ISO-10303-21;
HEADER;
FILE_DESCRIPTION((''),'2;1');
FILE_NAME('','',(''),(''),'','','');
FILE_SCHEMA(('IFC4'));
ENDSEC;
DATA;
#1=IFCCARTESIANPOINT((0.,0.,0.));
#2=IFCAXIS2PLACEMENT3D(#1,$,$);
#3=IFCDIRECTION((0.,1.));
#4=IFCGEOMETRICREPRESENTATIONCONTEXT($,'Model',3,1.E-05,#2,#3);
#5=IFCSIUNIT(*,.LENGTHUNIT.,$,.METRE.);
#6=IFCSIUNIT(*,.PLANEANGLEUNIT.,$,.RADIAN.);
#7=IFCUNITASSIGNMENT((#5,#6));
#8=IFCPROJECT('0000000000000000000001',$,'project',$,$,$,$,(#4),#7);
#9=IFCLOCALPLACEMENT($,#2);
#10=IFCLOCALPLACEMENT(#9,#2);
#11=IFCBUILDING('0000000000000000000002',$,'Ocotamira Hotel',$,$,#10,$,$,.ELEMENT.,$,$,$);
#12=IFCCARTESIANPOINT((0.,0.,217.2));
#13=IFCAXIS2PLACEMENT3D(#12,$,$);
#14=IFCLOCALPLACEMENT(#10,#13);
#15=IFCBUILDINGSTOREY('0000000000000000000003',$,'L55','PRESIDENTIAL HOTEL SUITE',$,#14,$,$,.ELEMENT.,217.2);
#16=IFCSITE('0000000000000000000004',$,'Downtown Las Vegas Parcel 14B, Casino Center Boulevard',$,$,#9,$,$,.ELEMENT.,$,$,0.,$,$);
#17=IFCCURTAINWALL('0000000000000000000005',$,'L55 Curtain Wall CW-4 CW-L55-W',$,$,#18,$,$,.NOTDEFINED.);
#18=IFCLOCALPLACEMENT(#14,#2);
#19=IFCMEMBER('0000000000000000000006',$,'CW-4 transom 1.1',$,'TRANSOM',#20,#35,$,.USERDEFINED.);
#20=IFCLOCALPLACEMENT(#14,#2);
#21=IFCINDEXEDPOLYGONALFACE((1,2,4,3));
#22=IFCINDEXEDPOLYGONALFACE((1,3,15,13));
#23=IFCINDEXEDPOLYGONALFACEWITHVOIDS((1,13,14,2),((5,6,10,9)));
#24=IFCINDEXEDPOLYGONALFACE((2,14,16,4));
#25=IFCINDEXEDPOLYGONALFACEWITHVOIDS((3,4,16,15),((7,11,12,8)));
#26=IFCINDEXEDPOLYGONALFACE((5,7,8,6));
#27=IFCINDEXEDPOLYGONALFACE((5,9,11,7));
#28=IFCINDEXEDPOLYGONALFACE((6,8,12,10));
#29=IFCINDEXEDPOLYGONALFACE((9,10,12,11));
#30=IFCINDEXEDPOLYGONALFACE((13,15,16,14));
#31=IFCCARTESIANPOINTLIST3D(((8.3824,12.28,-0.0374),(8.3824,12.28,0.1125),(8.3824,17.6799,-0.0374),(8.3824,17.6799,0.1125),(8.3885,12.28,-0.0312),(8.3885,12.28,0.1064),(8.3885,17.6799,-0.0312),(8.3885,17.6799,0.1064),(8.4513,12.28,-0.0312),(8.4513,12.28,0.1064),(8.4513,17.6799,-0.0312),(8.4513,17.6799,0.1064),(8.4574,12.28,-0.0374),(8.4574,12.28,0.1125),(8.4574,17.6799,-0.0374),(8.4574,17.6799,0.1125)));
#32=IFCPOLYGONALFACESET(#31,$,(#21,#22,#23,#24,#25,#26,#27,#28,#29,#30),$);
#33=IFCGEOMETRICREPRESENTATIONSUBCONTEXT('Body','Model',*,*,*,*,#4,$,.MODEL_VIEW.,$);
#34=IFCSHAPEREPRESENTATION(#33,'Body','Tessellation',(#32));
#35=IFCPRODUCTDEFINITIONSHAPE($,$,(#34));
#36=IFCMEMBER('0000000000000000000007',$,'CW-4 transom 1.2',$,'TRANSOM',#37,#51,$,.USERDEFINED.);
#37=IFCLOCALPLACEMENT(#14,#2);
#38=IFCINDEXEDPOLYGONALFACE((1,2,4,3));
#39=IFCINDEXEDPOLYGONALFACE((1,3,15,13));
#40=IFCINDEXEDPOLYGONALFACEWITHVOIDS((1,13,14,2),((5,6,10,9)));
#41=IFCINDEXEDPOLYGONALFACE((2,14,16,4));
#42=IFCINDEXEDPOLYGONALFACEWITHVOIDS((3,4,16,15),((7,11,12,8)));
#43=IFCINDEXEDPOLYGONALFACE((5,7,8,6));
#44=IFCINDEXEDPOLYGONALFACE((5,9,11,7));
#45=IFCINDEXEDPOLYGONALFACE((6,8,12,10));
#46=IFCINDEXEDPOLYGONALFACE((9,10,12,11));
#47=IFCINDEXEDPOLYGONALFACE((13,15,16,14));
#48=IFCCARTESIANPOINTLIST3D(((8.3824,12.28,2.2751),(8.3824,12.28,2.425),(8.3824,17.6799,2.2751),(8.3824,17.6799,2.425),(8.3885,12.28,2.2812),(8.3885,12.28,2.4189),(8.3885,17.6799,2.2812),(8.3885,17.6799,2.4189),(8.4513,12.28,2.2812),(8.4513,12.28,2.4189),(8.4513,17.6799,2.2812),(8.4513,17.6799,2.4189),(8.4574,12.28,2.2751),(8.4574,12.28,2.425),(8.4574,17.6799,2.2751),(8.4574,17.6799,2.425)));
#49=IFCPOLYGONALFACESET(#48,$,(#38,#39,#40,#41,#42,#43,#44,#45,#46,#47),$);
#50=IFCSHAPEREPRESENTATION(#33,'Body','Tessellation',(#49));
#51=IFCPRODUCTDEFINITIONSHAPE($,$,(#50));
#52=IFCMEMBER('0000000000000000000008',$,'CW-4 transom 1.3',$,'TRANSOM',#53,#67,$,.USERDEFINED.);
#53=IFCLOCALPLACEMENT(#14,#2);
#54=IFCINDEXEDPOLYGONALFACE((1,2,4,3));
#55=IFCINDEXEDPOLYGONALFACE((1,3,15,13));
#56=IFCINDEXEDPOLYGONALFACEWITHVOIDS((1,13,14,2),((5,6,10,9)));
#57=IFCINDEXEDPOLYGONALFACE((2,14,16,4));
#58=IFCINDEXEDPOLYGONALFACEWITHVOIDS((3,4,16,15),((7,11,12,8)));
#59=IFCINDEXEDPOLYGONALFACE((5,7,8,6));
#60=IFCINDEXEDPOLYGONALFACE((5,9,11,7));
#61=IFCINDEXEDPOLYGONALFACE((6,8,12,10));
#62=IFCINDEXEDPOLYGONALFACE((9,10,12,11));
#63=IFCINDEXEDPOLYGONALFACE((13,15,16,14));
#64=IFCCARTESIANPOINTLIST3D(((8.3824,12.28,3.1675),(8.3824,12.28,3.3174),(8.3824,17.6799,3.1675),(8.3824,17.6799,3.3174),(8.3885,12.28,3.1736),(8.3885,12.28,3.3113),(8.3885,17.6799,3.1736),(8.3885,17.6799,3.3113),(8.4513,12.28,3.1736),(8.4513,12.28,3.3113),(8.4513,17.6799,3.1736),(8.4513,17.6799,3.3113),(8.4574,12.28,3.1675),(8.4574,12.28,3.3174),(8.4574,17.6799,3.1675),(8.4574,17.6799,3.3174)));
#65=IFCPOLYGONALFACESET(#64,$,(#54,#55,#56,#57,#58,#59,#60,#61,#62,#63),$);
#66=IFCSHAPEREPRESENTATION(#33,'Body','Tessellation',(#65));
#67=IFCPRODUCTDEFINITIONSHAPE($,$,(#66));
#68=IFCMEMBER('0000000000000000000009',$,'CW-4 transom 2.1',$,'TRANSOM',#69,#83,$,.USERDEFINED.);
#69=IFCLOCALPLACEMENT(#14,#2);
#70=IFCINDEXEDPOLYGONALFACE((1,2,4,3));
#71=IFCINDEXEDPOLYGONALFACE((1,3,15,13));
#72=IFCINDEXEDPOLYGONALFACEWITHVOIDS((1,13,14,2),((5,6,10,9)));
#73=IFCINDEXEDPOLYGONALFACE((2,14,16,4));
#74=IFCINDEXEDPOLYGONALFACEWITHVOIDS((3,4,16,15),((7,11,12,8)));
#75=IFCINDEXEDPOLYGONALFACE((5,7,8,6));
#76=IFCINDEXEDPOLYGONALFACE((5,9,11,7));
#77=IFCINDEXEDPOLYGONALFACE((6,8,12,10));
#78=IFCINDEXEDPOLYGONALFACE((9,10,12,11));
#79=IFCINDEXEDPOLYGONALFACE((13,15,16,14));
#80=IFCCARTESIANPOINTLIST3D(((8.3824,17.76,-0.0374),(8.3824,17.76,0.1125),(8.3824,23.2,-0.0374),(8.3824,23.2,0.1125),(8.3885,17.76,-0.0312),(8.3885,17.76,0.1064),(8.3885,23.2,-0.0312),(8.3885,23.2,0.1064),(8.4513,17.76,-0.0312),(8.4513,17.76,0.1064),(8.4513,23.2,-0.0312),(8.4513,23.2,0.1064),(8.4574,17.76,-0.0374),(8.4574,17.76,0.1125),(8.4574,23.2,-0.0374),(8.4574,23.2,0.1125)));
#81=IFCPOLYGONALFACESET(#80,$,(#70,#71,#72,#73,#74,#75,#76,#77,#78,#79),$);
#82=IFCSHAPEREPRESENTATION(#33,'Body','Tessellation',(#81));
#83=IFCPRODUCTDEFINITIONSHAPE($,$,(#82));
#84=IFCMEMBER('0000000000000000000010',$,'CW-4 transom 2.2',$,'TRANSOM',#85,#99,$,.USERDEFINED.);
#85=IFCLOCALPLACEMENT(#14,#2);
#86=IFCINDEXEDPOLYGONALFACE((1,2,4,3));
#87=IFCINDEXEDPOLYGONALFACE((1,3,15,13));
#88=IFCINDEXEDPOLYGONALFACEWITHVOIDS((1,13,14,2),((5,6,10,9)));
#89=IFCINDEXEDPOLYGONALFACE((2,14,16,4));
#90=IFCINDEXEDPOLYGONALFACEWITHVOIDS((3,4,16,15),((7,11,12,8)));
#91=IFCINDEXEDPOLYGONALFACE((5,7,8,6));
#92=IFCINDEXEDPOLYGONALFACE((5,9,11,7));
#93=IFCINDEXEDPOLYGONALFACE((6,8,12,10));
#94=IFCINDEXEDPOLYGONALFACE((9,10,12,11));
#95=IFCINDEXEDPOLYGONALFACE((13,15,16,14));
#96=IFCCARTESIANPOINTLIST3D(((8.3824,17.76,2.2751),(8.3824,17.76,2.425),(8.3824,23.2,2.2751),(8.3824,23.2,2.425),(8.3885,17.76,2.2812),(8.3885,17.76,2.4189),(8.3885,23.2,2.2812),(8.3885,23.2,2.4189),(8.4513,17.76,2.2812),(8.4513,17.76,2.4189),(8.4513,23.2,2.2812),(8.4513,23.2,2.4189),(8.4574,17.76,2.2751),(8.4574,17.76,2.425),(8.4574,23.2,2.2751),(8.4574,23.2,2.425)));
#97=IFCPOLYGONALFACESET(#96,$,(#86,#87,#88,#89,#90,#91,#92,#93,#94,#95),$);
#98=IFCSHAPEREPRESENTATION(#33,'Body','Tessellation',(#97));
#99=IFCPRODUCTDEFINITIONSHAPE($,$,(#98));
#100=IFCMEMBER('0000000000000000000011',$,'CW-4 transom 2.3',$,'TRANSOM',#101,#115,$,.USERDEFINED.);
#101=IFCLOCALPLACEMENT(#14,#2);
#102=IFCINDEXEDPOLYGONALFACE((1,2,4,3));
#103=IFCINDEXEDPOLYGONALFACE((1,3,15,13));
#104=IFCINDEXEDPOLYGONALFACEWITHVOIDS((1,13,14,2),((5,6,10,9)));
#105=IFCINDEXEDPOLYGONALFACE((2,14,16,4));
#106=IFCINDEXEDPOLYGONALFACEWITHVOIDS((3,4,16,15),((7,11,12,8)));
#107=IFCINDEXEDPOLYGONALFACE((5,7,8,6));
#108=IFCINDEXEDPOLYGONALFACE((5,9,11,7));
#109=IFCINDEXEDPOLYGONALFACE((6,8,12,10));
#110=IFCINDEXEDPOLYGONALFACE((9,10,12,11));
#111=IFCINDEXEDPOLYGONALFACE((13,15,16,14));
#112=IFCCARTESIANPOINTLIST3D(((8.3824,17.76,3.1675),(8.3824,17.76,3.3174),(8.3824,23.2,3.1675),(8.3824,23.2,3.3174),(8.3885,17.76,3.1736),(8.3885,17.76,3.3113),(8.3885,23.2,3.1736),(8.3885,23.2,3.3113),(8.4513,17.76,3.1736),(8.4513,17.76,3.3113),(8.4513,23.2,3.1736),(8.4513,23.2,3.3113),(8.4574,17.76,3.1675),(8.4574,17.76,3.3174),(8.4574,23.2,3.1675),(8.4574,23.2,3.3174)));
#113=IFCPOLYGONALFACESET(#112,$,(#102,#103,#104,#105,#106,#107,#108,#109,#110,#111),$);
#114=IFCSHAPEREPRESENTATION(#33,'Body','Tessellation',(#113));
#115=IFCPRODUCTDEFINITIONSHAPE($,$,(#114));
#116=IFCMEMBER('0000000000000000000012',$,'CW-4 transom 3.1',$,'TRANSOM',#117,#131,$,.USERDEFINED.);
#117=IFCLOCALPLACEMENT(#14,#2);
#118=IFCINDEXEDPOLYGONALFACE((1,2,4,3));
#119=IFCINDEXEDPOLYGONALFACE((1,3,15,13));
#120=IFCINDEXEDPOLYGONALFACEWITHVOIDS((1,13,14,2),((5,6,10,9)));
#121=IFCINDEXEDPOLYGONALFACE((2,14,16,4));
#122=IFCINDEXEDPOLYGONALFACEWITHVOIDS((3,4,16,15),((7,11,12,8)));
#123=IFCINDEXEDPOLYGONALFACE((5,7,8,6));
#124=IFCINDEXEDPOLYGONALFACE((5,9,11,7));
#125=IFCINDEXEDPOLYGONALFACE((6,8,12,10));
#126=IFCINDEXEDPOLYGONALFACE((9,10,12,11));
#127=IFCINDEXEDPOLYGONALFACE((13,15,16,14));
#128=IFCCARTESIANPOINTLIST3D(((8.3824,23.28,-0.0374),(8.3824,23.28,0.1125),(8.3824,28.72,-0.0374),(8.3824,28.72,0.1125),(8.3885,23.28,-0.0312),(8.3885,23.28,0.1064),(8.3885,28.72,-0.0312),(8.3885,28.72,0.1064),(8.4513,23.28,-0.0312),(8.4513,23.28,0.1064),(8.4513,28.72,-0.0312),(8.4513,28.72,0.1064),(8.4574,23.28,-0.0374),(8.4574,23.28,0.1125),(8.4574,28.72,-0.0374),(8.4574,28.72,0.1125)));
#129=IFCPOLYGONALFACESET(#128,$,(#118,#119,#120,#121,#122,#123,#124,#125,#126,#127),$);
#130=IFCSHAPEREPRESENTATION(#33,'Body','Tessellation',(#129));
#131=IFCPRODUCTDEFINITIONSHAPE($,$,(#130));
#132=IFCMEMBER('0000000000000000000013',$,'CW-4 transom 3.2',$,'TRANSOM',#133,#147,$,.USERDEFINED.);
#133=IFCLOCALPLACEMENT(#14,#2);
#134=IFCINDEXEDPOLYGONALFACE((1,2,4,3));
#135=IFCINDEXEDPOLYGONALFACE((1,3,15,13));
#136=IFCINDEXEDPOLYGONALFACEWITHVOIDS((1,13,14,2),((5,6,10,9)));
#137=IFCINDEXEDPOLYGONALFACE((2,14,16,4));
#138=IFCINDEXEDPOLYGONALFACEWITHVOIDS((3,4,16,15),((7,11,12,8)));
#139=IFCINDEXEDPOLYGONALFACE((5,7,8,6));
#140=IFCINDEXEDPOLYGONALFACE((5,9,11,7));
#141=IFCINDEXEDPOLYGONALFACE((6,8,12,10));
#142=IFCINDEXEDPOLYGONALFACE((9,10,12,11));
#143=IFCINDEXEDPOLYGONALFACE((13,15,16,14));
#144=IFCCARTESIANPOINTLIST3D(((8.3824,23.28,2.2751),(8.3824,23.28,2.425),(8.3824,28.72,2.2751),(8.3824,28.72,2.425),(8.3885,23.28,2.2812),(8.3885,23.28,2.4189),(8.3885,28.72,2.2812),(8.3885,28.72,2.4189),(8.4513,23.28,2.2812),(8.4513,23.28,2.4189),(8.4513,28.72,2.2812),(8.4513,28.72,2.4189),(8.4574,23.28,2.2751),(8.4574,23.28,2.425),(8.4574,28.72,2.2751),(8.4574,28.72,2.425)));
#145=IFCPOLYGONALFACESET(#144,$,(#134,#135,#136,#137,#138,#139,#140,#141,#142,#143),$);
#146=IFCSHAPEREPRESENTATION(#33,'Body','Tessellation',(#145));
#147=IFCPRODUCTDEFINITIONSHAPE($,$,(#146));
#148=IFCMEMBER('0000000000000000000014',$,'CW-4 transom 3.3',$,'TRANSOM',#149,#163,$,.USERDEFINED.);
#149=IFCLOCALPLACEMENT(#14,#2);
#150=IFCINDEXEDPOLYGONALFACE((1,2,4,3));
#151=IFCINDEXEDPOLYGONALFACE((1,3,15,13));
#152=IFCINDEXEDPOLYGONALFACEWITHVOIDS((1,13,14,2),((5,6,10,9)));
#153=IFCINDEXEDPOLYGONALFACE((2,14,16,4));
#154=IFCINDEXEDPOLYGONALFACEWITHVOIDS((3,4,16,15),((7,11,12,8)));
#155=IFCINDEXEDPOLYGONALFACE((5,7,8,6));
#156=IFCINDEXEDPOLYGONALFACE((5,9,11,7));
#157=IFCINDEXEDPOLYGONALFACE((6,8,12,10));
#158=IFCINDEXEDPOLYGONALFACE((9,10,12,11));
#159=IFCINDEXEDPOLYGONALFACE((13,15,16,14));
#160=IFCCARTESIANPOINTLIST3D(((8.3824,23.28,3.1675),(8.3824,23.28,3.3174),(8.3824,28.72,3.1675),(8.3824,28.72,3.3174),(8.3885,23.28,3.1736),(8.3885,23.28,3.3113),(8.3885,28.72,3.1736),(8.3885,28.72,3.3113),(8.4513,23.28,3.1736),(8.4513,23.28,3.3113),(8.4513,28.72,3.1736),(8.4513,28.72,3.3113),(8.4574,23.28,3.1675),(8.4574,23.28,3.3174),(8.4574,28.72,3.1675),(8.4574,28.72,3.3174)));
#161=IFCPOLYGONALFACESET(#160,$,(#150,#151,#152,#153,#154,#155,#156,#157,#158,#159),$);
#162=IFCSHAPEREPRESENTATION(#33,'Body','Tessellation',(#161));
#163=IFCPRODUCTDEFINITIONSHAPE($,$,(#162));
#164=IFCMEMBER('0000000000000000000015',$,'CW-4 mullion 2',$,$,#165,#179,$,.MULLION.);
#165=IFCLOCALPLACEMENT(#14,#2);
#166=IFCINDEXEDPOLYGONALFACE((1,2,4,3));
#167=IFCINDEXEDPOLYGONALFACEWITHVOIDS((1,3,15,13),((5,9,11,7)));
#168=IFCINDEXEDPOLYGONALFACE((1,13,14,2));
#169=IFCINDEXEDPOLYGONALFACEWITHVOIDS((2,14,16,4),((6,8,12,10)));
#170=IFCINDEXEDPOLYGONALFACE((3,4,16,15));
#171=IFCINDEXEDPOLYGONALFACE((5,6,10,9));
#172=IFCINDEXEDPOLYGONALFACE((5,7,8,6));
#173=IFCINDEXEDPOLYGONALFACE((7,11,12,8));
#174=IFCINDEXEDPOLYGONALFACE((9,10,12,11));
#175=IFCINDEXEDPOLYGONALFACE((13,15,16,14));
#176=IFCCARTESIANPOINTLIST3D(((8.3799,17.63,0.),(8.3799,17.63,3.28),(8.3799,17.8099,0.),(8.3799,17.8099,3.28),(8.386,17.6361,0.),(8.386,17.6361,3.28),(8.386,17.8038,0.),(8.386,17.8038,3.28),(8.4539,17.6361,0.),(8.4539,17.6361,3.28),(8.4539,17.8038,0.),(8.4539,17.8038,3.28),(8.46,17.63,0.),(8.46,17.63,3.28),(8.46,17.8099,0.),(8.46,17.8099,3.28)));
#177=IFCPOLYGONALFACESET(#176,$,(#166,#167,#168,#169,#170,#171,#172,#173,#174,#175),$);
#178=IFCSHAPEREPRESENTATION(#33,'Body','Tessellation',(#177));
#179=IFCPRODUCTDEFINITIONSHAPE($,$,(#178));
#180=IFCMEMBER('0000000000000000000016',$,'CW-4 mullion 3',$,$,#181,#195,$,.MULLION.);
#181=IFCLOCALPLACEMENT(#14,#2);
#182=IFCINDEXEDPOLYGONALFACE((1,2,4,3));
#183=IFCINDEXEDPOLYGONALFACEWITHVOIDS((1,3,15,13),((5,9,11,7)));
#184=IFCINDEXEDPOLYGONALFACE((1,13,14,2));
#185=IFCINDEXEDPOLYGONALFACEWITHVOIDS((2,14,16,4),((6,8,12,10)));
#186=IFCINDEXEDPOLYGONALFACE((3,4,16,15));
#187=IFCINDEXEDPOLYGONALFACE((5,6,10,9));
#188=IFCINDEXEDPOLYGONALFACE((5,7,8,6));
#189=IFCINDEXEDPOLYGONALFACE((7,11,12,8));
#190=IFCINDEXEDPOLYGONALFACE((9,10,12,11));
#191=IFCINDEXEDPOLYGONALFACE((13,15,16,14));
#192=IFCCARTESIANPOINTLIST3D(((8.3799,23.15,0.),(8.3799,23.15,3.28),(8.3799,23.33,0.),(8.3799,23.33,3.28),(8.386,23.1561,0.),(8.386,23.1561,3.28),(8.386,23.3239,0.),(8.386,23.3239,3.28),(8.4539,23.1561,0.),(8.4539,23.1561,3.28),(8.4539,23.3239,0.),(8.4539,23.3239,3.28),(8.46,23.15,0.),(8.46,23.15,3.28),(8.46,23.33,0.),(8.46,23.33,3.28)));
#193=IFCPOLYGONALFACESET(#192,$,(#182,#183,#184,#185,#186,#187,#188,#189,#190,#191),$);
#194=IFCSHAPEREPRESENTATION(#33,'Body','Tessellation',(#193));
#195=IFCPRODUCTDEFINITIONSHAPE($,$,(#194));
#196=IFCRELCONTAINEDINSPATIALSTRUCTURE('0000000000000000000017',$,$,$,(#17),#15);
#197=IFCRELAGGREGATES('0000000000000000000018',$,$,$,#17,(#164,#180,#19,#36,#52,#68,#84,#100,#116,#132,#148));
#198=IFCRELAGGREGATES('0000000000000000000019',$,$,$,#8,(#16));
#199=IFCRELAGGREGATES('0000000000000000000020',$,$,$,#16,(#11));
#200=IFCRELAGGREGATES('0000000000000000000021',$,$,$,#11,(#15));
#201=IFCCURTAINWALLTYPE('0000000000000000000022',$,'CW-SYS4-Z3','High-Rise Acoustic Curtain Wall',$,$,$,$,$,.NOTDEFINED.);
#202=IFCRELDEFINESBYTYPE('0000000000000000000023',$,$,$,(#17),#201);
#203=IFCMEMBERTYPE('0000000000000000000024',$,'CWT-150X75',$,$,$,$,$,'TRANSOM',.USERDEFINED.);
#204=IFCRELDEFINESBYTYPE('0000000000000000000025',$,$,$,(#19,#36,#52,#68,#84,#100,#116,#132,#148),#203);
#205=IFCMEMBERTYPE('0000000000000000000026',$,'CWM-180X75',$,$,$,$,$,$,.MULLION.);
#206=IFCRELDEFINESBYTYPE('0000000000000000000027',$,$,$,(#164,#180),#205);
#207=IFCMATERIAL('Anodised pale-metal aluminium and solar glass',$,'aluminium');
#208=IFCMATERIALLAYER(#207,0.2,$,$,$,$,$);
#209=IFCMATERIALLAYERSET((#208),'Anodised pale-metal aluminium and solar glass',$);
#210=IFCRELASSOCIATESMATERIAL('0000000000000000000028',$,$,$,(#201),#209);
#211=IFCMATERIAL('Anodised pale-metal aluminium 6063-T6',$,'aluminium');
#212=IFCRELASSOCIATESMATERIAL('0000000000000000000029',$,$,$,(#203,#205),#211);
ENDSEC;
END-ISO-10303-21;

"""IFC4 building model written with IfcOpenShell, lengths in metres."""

from ifc_helpers import new_model, si_unit, direction, frame, origin, origin_2d, place, context, subcontext, project, spatial, hollow_rectangle, extrude, source, transform, mapped, material, layer, layer_set, material_profile, profile_set, type_object, element, aggregate, save


model = new_model("IFC4")

# Units and contexts
model_context = context("Model", 3, precision=1e-05, world=origin(), true_north=direction((0.0, 1.0)))
body_context = subcontext(model_context, "Body", "Model", "MODEL_VIEW")
ifc_project = project(units=[si_unit("LENGTHUNIT", "METRE"), si_unit("PLANEANGLEUNIT", "RADIAN")], contexts=[model_context])

# Site, building, storey
site_placement = place(None, origin())
site = spatial("IfcSite", under=ifc_project, at=site_placement, Name="Downtown Las Vegas Parcel 14B, Casino Center Boulevard", CompositionType="ELEMENT", RefElevation=0.0)
building_placement = place(site_placement, origin())
building = spatial("IfcBuilding", under=site, at=building_placement, Name="Ocotamira Hotel", CompositionType="ELEMENT")
storey_placement = place(building_placement, frame((0.0, 0.0, 217.2)))
storey = spatial("IfcBuildingStorey", under=building, at=storey_placement, Name="L55", Description="PRESIDENTIAL HOTEL SUITE", CompositionType="ELEMENT", Elevation=217.2)

# Curtain wall, members
ifc_material_1 = material(Name="Anodised pale-metal aluminium and solar glass", Category="aluminium")
ifc_layer_1 = layer(ifc_material_1, 0.2)
ifc_layer_set_1 = layer_set([ifc_layer_1], Name="Anodised pale-metal aluminium and solar glass")
curtain_wall_type = type_object("IfcCurtainWallType", Name="CW-SYS4-Z3", Description="High-Rise Acoustic Curtain Wall", PredefinedType="NOTDEFINED", material=ifc_layer_set_1)
curtain_wall_placement = place(storey_placement, origin())
curtain_wall = element("IfcCurtainWall", 1, at=curtain_wall_placement, inside=storey, type_object=curtain_wall_type, Name="L55 Curtain Wall CW-4 CW-L55-W", PredefinedType="NOTDEFINED")
ifc_material_2 = material(Name="Anodised pale-metal aluminium 6063-T6", Category="aluminium")
ifc_material_profile_1 = material_profile(ifc_material_2, hollow_rectangle(XDim=0.075, YDim=0.1499, WallThickness=0.0061, at=origin_2d()), Name="HSS150X75X6")
ifc_profile_set_1 = profile_set([ifc_material_profile_1], Name="Anodised pale-metal aluminium 6063-T6")
member_type_1 = type_object("IfcMemberType", Name="CWT-150X75", ElementType="TRANSOM", PredefinedType="USERDEFINED", material=ifc_profile_set_1)
shared_shape_1 = source(origin(), body_context, "Body", "SweptSolid", [
    extrude(hollow_rectangle(XDim=0.075, YDim=0.1499, WallThickness=0.0061, at=origin_2d()), origin(), (0.0, 0.0, 1.0), 5.3999),
])
member_1_placement = place(storey_placement, frame((8.4199, 12.28, 0.0376), z_axis=(0.0, 1.0, 0.0), x_axis=(-1.0, 0.0, 0.0)))
member_1 = element("IfcMember", 2, at=member_1_placement, type_object=member_type_1, Name="CW-4 transom 1.1", ObjectType="TRANSOM", PredefinedType="USERDEFINED", context=body_context, shape_type="MappedRepresentation", body=[
    mapped(shared_shape_1, transform((0.0, 0.0, 0.0), scale=1.0)),
])
member_2_placement = place(storey_placement, frame((8.4199, 12.28, 2.3501), z_axis=(0.0, 1.0, 0.0), x_axis=(-1.0, 0.0, 0.0)))
member_2 = element("IfcMember", 3, at=member_2_placement, type_object=member_type_1, Name="CW-4 transom 1.2", ObjectType="TRANSOM", PredefinedType="USERDEFINED", context=body_context, shape_type="MappedRepresentation", body=[
    mapped(shared_shape_1, transform((0.0, 0.0, 0.0), scale=1.0)),
])
member_3_placement = place(storey_placement, frame((8.4199, 12.28, 3.2424), z_axis=(0.0, 1.0, 0.0), x_axis=(-1.0, 0.0, 0.0)))
member_3 = element("IfcMember", 4, at=member_3_placement, type_object=member_type_1, Name="CW-4 transom 1.3", ObjectType="TRANSOM", PredefinedType="USERDEFINED", context=body_context, shape_type="MappedRepresentation", body=[
    mapped(shared_shape_1, transform((0.0, 0.0, 0.0), scale=1.0)),
])
shared_shape_2 = source(origin(), body_context, "Body", "SweptSolid", [
    extrude(hollow_rectangle(XDim=0.075, YDim=0.1499, WallThickness=0.0061, at=origin_2d()), origin(), (0.0, 0.0, 1.0), 5.4399),
])
member_4_placement = place(storey_placement, frame((8.4199, 17.76, 0.0376), z_axis=(0.0, 1.0, 0.0), x_axis=(-1.0, 0.0, 0.0)))
member_4 = element("IfcMember", 5, at=member_4_placement, type_object=member_type_1, Name="CW-4 transom 2.1", ObjectType="TRANSOM", PredefinedType="USERDEFINED", context=body_context, shape_type="MappedRepresentation", body=[
    mapped(shared_shape_2, transform((0.0, 0.0, 0.0), scale=1.0)),
])
member_5_placement = place(storey_placement, frame((8.4199, 17.76, 2.3501), z_axis=(0.0, 1.0, 0.0), x_axis=(-1.0, 0.0, 0.0)))
member_5 = element("IfcMember", 6, at=member_5_placement, type_object=member_type_1, Name="CW-4 transom 2.2", ObjectType="TRANSOM", PredefinedType="USERDEFINED", context=body_context, shape_type="MappedRepresentation", body=[
    mapped(shared_shape_2, transform((0.0, 0.0, 0.0), scale=1.0)),
])
member_6_placement = place(storey_placement, frame((8.4199, 17.76, 3.2424), z_axis=(0.0, 1.0, 0.0), x_axis=(-1.0, 0.0, 0.0)))
member_6 = element("IfcMember", 7, at=member_6_placement, type_object=member_type_1, Name="CW-4 transom 2.3", ObjectType="TRANSOM", PredefinedType="USERDEFINED", context=body_context, shape_type="MappedRepresentation", body=[
    mapped(shared_shape_2, transform((0.0, 0.0, 0.0), scale=1.0)),
])
member_7_placement = place(storey_placement, frame((8.4199, 23.28, 0.0376), z_axis=(0.0, 1.0, 0.0), x_axis=(-1.0, 0.0, 0.0)))
member_7 = element("IfcMember", 8, at=member_7_placement, type_object=member_type_1, Name="CW-4 transom 3.1", ObjectType="TRANSOM", PredefinedType="USERDEFINED", context=body_context, shape_type="MappedRepresentation", body=[
    mapped(shared_shape_2, transform((0.0, 0.0, 0.0), scale=1.0)),
])
member_8_placement = place(storey_placement, frame((8.4199, 23.28, 2.3501), z_axis=(0.0, 1.0, 0.0), x_axis=(-1.0, 0.0, 0.0)))
member_8 = element("IfcMember", 9, at=member_8_placement, type_object=member_type_1, Name="CW-4 transom 3.2", ObjectType="TRANSOM", PredefinedType="USERDEFINED", context=body_context, shape_type="MappedRepresentation", body=[
    mapped(shared_shape_2, transform((0.0, 0.0, 0.0), scale=1.0)),
])
member_9_placement = place(storey_placement, frame((8.4199, 23.28, 3.2424), z_axis=(0.0, 1.0, 0.0), x_axis=(-1.0, 0.0, 0.0)))
member_9 = element("IfcMember", 10, at=member_9_placement, type_object=member_type_1, Name="CW-4 transom 3.3", ObjectType="TRANSOM", PredefinedType="USERDEFINED", context=body_context, shape_type="MappedRepresentation", body=[
    mapped(shared_shape_2, transform((0.0, 0.0, 0.0), scale=1.0)),
])
ifc_material_profile_2 = material_profile(ifc_material_2, hollow_rectangle(XDim=0.0801, YDim=0.1799, WallThickness=0.0061, at=origin_2d()), Name="HSS180X80X6")
ifc_profile_set_2 = profile_set([ifc_material_profile_2], Name="Anodised pale-metal aluminium 6063-T6")
member_type_2 = type_object("IfcMemberType", Name="CWM-180X75", PredefinedType="MULLION", material=ifc_profile_set_2)
shared_shape_3 = source(origin(), body_context, "Body", "SweptSolid", [
    extrude(hollow_rectangle(XDim=0.0801, YDim=0.1799, WallThickness=0.0061, at=origin_2d()), origin(), (0.0, 0.0, 1.0), 3.28),
])
member_10_placement = place(storey_placement, frame((8.4199, 17.72, 0.0), z_axis=(0.0, 0.0, 1.0), x_axis=(-1.0, 0.0, 0.0)))
member_10 = element("IfcMember", 11, at=member_10_placement, type_object=member_type_2, Name="CW-4 mullion 2", PredefinedType="MULLION", context=body_context, shape_type="MappedRepresentation", body=[
    mapped(shared_shape_3, transform((0.0, 0.0, 0.0), scale=1.0)),
])
member_11_placement = place(storey_placement, frame((8.4199, 23.24, 0.0), z_axis=(0.0, 0.0, 1.0), x_axis=(-1.0, 0.0, 0.0)))
member_11 = element("IfcMember", 12, at=member_11_placement, type_object=member_type_2, Name="CW-4 mullion 3", PredefinedType="MULLION", context=body_context, shape_type="MappedRepresentation", body=[
    mapped(shared_shape_3, transform((0.0, 0.0, 0.0), scale=1.0)),
])

aggregate(curtain_wall, [member_10, member_11, member_1, member_2, member_3, member_4, member_5, member_6, member_7, member_8, member_9])

save(model, "model.ifc")
